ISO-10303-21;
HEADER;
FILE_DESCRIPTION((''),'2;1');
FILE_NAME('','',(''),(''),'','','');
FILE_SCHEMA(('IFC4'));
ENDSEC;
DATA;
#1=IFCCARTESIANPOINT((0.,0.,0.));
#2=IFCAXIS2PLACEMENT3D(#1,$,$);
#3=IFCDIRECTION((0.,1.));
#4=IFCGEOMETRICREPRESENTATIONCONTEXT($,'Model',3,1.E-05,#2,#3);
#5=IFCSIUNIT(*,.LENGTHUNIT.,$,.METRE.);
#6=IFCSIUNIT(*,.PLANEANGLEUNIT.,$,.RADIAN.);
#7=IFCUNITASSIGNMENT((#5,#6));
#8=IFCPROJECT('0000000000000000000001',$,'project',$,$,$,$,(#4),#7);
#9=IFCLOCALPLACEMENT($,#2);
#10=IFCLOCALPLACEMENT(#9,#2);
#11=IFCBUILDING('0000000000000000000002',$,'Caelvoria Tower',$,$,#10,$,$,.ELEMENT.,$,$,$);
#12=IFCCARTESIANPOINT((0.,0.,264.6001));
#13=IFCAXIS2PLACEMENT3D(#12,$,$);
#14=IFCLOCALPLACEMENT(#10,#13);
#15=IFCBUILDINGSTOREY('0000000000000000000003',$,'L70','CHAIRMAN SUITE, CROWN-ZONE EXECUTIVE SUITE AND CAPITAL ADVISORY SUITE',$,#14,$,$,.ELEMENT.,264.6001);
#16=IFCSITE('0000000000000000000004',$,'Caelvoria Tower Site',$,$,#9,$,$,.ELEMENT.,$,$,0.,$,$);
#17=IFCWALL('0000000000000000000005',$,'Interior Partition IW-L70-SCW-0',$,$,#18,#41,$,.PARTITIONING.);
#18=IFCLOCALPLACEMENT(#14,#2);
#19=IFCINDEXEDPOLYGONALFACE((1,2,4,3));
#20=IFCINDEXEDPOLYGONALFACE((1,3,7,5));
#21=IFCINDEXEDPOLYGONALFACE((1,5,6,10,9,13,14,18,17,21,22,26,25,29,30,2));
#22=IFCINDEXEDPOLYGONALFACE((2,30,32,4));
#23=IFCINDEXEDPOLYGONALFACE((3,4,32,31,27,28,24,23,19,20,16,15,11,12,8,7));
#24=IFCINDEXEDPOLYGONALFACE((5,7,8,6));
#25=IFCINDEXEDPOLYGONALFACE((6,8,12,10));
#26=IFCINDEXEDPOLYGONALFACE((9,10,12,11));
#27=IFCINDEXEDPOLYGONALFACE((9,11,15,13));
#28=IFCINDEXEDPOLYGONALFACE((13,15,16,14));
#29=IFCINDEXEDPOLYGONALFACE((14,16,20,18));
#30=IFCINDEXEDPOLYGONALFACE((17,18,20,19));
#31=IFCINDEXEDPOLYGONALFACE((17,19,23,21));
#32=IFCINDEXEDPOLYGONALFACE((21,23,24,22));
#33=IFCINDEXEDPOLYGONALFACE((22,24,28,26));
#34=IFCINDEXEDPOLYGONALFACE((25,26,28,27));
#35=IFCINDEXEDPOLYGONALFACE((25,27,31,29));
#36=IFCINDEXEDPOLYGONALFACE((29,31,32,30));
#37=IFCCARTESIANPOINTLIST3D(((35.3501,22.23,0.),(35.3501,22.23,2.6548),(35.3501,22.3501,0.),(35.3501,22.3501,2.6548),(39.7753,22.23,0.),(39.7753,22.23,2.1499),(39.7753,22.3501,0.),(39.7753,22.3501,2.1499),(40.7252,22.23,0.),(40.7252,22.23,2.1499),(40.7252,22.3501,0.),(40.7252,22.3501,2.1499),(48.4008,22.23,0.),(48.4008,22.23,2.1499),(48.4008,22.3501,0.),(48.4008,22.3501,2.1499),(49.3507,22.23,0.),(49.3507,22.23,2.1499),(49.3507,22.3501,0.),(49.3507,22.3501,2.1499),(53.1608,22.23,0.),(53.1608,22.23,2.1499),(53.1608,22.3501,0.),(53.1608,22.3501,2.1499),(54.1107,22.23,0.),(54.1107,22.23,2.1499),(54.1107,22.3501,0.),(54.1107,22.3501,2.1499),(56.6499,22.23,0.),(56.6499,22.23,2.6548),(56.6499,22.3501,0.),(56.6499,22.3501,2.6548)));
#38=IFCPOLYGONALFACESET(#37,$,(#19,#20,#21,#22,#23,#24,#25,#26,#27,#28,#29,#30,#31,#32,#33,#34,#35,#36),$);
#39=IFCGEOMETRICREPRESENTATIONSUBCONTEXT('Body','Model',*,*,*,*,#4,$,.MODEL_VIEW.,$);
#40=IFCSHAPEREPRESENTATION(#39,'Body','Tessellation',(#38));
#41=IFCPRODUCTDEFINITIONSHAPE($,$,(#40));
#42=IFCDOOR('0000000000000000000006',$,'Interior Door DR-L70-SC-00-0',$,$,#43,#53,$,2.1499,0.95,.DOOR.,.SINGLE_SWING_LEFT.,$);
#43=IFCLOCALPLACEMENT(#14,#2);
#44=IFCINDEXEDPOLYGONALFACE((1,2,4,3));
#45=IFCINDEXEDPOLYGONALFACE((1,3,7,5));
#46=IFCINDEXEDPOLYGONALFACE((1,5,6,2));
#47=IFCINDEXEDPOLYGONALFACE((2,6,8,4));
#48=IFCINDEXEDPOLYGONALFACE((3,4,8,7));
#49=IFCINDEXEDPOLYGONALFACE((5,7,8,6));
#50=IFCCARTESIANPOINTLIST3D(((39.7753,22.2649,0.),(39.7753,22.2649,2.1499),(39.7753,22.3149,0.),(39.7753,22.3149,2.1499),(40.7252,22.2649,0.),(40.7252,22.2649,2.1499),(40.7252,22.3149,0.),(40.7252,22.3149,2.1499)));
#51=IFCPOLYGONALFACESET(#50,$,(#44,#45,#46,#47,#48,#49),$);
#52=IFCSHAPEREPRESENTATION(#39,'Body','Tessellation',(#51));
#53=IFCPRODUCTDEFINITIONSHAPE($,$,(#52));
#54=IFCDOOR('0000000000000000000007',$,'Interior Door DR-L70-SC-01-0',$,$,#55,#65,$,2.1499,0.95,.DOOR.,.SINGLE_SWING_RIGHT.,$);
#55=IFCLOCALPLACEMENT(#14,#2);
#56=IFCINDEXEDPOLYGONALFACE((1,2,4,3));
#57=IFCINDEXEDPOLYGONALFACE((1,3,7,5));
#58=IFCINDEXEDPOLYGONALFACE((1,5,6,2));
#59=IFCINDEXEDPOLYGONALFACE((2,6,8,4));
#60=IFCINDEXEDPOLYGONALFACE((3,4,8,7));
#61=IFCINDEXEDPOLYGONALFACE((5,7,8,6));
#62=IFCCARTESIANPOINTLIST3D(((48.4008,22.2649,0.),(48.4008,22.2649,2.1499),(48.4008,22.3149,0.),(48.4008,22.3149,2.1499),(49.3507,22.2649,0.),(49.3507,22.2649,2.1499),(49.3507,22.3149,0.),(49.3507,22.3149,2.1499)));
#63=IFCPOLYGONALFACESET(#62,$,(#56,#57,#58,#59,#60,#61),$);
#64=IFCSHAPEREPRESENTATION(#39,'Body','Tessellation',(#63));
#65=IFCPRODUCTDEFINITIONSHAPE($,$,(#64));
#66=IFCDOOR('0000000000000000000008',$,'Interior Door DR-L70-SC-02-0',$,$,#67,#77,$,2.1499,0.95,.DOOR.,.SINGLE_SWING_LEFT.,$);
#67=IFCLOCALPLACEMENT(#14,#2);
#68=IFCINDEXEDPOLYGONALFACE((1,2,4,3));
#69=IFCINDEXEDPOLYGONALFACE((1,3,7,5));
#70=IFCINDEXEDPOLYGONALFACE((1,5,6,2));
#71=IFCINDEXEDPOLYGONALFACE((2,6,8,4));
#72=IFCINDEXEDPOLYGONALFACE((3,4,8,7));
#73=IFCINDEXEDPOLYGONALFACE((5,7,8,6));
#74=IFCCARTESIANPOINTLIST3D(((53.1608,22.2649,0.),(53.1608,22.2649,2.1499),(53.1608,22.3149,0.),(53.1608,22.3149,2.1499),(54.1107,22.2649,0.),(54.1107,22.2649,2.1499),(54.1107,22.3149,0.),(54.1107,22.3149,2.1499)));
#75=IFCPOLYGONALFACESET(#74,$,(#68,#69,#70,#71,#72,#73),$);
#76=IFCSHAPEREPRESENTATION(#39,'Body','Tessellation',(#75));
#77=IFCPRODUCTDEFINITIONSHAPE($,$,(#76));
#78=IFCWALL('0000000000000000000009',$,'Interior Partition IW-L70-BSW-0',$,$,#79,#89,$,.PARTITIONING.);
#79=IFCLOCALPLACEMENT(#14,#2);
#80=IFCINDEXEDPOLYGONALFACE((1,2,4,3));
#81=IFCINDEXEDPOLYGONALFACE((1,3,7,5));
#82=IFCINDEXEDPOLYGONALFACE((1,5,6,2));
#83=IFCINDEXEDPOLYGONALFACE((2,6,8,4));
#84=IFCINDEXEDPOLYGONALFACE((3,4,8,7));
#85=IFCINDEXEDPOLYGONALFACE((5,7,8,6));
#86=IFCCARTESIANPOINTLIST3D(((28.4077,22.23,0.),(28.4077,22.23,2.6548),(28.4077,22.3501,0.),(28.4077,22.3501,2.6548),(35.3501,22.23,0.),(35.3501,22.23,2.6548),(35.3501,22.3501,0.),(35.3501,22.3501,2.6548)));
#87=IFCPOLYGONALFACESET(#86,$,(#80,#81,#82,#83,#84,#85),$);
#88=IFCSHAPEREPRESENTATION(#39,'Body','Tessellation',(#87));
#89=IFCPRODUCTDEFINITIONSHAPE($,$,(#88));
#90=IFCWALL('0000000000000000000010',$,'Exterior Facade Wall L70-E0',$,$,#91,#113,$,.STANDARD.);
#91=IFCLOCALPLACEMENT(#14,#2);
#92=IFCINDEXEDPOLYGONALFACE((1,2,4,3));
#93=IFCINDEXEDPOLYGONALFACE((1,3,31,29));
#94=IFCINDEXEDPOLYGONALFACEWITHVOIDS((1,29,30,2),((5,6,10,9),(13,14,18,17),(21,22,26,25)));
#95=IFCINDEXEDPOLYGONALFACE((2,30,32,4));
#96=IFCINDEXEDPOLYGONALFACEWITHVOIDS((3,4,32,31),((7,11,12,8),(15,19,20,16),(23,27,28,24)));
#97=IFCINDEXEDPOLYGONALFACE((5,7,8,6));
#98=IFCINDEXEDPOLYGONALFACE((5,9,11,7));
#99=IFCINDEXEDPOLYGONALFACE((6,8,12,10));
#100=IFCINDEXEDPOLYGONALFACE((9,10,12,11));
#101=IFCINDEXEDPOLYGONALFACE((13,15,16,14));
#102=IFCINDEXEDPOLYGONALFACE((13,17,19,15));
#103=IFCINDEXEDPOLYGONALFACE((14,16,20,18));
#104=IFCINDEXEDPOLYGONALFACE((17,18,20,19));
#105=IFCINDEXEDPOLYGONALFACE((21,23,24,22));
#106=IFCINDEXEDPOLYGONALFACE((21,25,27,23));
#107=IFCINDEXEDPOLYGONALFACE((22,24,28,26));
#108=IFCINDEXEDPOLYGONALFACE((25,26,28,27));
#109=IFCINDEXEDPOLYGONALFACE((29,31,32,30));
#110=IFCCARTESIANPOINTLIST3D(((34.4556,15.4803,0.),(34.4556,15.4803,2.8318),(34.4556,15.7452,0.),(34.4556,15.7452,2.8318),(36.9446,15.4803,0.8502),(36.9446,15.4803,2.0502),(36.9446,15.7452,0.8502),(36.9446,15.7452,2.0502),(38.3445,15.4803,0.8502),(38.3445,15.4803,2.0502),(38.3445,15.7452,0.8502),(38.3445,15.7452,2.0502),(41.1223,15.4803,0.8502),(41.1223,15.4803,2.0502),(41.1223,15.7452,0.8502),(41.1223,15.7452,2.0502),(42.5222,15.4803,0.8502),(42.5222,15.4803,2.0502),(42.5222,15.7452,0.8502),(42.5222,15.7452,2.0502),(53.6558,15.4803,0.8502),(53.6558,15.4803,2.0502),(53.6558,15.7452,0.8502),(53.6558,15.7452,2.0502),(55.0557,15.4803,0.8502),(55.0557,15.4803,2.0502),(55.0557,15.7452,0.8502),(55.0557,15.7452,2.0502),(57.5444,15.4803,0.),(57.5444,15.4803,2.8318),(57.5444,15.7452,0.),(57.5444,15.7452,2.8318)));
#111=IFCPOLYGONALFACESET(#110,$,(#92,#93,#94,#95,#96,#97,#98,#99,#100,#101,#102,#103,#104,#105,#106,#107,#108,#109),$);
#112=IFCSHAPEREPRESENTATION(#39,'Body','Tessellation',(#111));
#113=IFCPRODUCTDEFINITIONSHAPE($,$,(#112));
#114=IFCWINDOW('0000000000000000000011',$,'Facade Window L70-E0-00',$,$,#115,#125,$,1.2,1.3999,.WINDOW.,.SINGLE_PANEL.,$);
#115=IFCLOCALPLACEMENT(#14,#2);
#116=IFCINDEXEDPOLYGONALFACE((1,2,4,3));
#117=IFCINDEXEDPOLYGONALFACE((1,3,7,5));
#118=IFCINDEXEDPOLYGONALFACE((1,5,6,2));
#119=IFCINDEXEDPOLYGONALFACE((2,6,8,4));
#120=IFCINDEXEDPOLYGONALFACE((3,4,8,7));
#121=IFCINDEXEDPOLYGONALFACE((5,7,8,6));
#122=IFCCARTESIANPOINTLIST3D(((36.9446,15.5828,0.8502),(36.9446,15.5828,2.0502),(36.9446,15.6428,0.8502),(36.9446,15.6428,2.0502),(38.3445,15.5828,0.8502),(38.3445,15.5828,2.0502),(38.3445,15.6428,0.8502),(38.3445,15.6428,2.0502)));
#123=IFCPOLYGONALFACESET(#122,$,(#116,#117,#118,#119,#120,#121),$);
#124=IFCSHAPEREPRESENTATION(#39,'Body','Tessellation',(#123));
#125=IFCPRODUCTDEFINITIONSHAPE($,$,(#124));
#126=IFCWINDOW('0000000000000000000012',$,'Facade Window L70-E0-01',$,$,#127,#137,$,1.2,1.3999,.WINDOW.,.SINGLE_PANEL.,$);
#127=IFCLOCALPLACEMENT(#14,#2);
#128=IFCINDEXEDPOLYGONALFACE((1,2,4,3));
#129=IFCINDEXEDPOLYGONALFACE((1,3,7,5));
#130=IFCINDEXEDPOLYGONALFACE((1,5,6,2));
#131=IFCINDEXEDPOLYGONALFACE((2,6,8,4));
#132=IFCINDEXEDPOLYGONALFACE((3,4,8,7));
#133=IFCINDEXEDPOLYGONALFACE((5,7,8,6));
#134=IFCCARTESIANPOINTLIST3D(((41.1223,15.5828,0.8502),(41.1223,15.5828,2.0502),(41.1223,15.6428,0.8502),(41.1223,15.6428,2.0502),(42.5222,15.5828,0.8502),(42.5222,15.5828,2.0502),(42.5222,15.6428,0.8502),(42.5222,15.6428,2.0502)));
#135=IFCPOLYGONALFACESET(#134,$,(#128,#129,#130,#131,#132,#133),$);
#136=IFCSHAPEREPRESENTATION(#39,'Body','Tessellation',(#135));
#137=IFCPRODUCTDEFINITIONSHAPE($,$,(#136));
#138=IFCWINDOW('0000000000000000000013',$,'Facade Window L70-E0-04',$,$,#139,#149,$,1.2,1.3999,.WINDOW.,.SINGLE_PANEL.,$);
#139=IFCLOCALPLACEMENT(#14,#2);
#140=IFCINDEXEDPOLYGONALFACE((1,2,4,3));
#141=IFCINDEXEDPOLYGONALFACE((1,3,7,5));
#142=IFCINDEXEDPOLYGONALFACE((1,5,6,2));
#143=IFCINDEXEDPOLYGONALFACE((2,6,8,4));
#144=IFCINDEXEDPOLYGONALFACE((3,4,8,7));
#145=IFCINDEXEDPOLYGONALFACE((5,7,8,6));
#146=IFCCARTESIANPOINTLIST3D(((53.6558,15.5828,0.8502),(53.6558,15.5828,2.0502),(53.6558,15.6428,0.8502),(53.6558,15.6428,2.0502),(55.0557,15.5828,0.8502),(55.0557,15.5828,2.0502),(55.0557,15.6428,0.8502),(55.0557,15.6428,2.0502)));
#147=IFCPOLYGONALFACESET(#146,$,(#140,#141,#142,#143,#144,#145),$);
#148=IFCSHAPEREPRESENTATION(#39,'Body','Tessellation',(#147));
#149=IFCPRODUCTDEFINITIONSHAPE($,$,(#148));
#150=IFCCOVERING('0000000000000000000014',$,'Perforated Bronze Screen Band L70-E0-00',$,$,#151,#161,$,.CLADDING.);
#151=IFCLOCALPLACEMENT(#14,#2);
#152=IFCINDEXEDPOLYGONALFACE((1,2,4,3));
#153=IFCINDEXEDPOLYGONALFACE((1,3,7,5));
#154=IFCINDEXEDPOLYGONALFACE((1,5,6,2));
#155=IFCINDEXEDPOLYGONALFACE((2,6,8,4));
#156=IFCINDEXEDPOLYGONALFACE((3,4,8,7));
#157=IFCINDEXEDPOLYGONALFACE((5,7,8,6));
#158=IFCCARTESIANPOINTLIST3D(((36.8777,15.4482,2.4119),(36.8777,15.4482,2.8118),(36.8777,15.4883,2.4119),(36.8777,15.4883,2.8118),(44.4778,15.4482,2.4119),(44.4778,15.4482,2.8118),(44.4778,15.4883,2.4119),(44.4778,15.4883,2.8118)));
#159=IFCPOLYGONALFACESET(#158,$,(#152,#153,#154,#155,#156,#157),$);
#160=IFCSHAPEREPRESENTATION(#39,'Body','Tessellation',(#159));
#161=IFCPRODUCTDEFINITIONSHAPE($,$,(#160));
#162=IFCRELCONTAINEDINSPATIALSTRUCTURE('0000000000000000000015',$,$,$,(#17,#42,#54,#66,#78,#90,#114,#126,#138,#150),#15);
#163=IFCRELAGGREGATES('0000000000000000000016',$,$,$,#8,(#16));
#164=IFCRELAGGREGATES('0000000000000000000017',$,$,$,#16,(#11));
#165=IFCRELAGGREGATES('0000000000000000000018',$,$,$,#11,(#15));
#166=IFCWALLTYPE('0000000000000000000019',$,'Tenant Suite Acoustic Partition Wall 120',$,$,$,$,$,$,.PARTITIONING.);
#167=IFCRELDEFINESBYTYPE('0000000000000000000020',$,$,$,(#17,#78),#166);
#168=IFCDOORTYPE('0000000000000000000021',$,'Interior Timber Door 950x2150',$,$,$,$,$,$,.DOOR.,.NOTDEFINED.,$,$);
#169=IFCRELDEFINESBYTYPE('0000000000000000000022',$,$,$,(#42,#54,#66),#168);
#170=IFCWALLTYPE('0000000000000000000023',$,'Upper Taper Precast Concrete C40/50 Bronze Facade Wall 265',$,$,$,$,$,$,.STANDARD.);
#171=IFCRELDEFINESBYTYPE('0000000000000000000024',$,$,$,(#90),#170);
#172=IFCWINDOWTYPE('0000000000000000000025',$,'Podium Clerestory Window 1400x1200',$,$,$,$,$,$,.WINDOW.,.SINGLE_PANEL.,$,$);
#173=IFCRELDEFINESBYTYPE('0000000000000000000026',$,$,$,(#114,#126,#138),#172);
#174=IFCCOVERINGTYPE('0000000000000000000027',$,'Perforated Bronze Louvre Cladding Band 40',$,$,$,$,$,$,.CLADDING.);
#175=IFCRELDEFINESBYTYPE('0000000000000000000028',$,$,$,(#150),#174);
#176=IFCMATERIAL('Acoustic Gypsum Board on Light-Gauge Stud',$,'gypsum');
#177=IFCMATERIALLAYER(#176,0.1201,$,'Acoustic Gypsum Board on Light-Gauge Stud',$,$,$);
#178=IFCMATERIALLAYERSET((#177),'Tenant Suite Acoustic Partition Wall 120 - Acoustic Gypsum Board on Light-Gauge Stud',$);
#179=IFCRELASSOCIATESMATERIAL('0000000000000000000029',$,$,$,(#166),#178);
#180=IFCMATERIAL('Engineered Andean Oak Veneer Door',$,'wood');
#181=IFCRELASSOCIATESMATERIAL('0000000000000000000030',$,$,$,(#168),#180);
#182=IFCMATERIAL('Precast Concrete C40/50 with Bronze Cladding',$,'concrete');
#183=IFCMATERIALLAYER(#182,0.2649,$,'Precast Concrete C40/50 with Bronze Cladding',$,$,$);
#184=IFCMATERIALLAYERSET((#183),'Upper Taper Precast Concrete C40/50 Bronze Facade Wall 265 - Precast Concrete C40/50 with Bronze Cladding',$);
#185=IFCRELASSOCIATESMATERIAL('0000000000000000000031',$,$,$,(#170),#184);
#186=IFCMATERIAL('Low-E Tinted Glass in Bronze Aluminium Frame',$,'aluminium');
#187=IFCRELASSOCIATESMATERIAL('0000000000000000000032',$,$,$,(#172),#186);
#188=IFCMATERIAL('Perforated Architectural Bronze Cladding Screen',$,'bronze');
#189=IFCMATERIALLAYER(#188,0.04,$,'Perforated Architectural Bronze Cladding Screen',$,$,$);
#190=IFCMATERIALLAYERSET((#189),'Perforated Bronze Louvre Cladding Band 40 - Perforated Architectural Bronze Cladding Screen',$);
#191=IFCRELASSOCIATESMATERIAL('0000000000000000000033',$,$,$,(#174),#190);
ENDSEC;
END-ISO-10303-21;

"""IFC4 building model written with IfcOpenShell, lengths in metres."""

from ifc_helpers import new_model, si_unit, direction, frame, frame_2d, origin, origin_2d, place, context, subcontext, project, spatial, rectangle, extrude, material, layer, layer_set, type_object, element, fill, save


model = new_model("IFC4")

# Units and contexts
model_context = context("Model", 3, precision=1e-05, world=origin(), true_north=direction((0.0, 1.0)))
body_context = subcontext(model_context, "Body", "Model", "MODEL_VIEW")
ifc_project = project(units=[si_unit("LENGTHUNIT", "METRE"), si_unit("PLANEANGLEUNIT", "RADIAN")], contexts=[model_context])

# Site, building, storey
site_placement = place(None, origin())
site = spatial("IfcSite", under=ifc_project, at=site_placement, Name="Caelvoria Tower Site", CompositionType="ELEMENT", RefElevation=0.0)
building_placement = place(site_placement, origin())
building = spatial("IfcBuilding", under=site, at=building_placement, Name="Caelvoria Tower", CompositionType="ELEMENT")
storey_placement = place(building_placement, frame((0.0, 0.0, 264.6001)))
storey = spatial("IfcBuildingStorey", under=building, at=storey_placement, Name="L70", Description="CHAIRMAN SUITE, CROWN-ZONE EXECUTIVE SUITE AND CAPITAL ADVISORY SUITE", CompositionType="ELEMENT", Elevation=264.6001)

# Wall, openings, doors
ifc_material_1 = material(Name="Acoustic Gypsum Board on Light-Gauge Stud", Category="gypsum")
ifc_layer_1 = layer(ifc_material_1, 0.1201, Name="Acoustic Gypsum Board on Light-Gauge Stud")
ifc_layer_set_1 = layer_set([ifc_layer_1], Name="Tenant Suite Acoustic Partition Wall 120 - Acoustic Gypsum Board on Light-Gauge Stud")
wall_type_1 = type_object("IfcWallType", Name="Tenant Suite Acoustic Partition Wall 120", PredefinedType="PARTITIONING", material=ifc_layer_set_1)
wall_1_placement = place(storey_placement, frame((35.3501, 22.29, 0.0), z_axis=(0.0, 0.0, 1.0), x_axis=(1.0, 0.0, 0.0)))
wall_1 = element("IfcWall", 1, at=wall_1_placement, inside=storey, type_object=wall_type_1, Name="Interior Partition IW-L70-SCW-0", PredefinedType="PARTITIONING", context=body_context, shape_type="SweptSolid", body=[
    extrude(rectangle(XDim=21.2998, YDim=0.1201, at=frame_2d((10.6499, 0.0))), origin(), (0.0, 0.0, 1.0), 2.6548),
])
opening_1_placement = place(wall_1_placement, frame((4.425, 0.0, 0.0)))
opening_1 = element("IfcOpeningElement", 2, at=opening_1_placement, cuts=wall_1, PredefinedType="OPENING", context=body_context, shape_type="SweptSolid", body=[
    extrude(rectangle(XDim=0.95, YDim=2.1499, at=frame_2d((0.4751, 1.075))), frame((0.0, 0.0701, 0.0), z_axis=(0.0, -1.0, 0.0), x_axis=(1.0, 0.0, 0.0)), (0.0, 0.0, 1.0), 0.1401),
])
opening_2_placement = place(wall_1_placement, frame((13.0505, 0.0, 0.0)))
opening_2 = element("IfcOpeningElement", 3, at=opening_2_placement, cuts=wall_1, PredefinedType="OPENING", context=body_context, shape_type="SweptSolid", body=[
    extrude(rectangle(XDim=0.95, YDim=2.1499, at=frame_2d((0.4751, 1.075))), frame((0.0, 0.0701, 0.0), z_axis=(0.0, -1.0, 0.0), x_axis=(1.0, 0.0, 0.0)), (0.0, 0.0, 1.0), 0.1401),
])
opening_3_placement = place(wall_1_placement, frame((17.8105, 0.0, 0.0)))
opening_3 = element("IfcOpeningElement", 4, at=opening_3_placement, cuts=wall_1, PredefinedType="OPENING", context=body_context, shape_type="SweptSolid", body=[
    extrude(rectangle(XDim=0.95, YDim=2.1499, at=frame_2d((0.4751, 1.075))), frame((0.0, 0.0701, 0.0), z_axis=(0.0, -1.0, 0.0), x_axis=(1.0, 0.0, 0.0)), (0.0, 0.0, 1.0), 0.1401),
])
ifc_material_2 = material(Name="Engineered Andean Oak Veneer Door", Category="wood")
door_type = type_object("IfcDoorType", Name="Interior Timber Door 950x2150", OperationType="NOTDEFINED", PredefinedType="DOOR", material=ifc_material_2)
door_1_placement = place(opening_1_placement, origin())
door_1 = element("IfcDoor", 5, at=door_1_placement, inside=storey, type_object=door_type, Name="Interior Door DR-L70-SC-00-0", OperationType="SINGLE_SWING_LEFT", OverallHeight=2.1499, OverallWidth=0.95, PredefinedType="DOOR", context=body_context, shape_type="SweptSolid", body=[
    extrude(rectangle(XDim=0.95, YDim=2.1499, at=frame_2d((0.4751, 1.075))), frame((0.0, 0.0249, 0.0), z_axis=(0.0, -1.0, 0.0), x_axis=(1.0, 0.0, 0.0)), (0.0, 0.0, 1.0), 0.05),
])
fill(opening_1, door_1)
door_2_placement = place(opening_2_placement, origin())
door_2 = element("IfcDoor", 6, at=door_2_placement, inside=storey, type_object=door_type, Name="Interior Door DR-L70-SC-01-0", OperationType="SINGLE_SWING_RIGHT", OverallHeight=2.1499, OverallWidth=0.95, PredefinedType="DOOR", context=body_context, shape_type="SweptSolid", body=[
    extrude(rectangle(XDim=0.95, YDim=2.1499, at=frame_2d((0.4751, 1.075))), frame((0.0, 0.0249, 0.0), z_axis=(0.0, -1.0, 0.0), x_axis=(1.0, 0.0, 0.0)), (0.0, 0.0, 1.0), 0.05),
])
fill(opening_2, door_2)
door_3_placement = place(opening_3_placement, origin())
door_3 = element("IfcDoor", 7, at=door_3_placement, inside=storey, type_object=door_type, Name="Interior Door DR-L70-SC-02-0", OperationType="SINGLE_SWING_LEFT", OverallHeight=2.1499, OverallWidth=0.95, PredefinedType="DOOR", context=body_context, shape_type="SweptSolid", body=[
    extrude(rectangle(XDim=0.95, YDim=2.1499, at=frame_2d((0.4751, 1.075))), frame((0.0, 0.0249, 0.0), z_axis=(0.0, -1.0, 0.0), x_axis=(1.0, 0.0, 0.0)), (0.0, 0.0, 1.0), 0.05),
])
fill(opening_3, door_3)

# Wall
wall_2_placement = place(storey_placement, frame((35.3501, 22.29, 0.0), z_axis=(0.0, 0.0, 1.0), x_axis=(-1.0, 0.0, 0.0)))
element("IfcWall", 8, at=wall_2_placement, inside=storey, type_object=wall_type_1, Name="Interior Partition IW-L70-BSW-0", PredefinedType="PARTITIONING", context=body_context, shape_type="SweptSolid", body=[
    extrude(rectangle(XDim=6.9424, YDim=0.1201, at=frame_2d((3.4712, 0.0))), origin(), (0.0, 0.0, 1.0), 2.6548),
])

# Wall, openings, windows
ifc_material_3 = material(Name="Precast Concrete C40/50 with Bronze Cladding", Category="concrete")
ifc_layer_2 = layer(ifc_material_3, 0.2649, Name="Precast Concrete C40/50 with Bronze Cladding")
ifc_layer_set_2 = layer_set([ifc_layer_2], Name="Upper Taper Precast Concrete C40/50 Bronze Facade Wall 265 - Precast Concrete C40/50 with Bronze Cladding")
wall_type_2 = type_object("IfcWallType", Name="Upper Taper Precast Concrete C40/50 Bronze Facade Wall 265", PredefinedType="STANDARD", material=ifc_layer_set_2)
wall_3_placement = place(storey_placement, frame((34.4556, 15.6128, 0.0), z_axis=(0.0, 0.0, 1.0), x_axis=(1.0, 0.0, 0.0)))
wall_3 = element("IfcWall", 9, at=wall_3_placement, inside=storey, type_object=wall_type_2, Name="Exterior Facade Wall L70-E0", PredefinedType="STANDARD", context=body_context, shape_type="SweptSolid", body=[
    extrude(rectangle(XDim=23.0889, YDim=0.2649, at=frame_2d((11.5444, 0.0))), origin(), (0.0, 0.0, 1.0), 2.8318),
])
opening_4_placement = place(wall_3_placement, frame((2.489, 0.0, 0.8501)))
opening_4 = element("IfcOpeningElement", 10, at=opening_4_placement, cuts=wall_3, PredefinedType="OPENING", context=body_context, shape_type="SweptSolid", body=[
    extrude(rectangle(XDim=1.3999, YDim=1.2, at=frame_2d((0.7, 0.6001))), frame((0.0, 0.1423, 0.0), z_axis=(0.0, -1.0, 0.0), x_axis=(1.0, 0.0, 0.0)), (0.0, 0.0, 1.0), 0.2849),
])
opening_5_placement = place(wall_3_placement, frame((6.6667, 0.0, 0.8501)))
opening_5 = element("IfcOpeningElement", 11, at=opening_5_placement, cuts=wall_3, PredefinedType="OPENING", context=body_context, shape_type="SweptSolid", body=[
    extrude(rectangle(XDim=1.3999, YDim=1.2, at=frame_2d((0.7, 0.6001))), frame((0.0, 0.1423, 0.0), z_axis=(0.0, -1.0, 0.0), x_axis=(1.0, 0.0, 0.0)), (0.0, 0.0, 1.0), 0.2849),
])
opening_6_placement = place(wall_3_placement, frame((19.2002, 0.0, 0.8501)))
opening_6 = element("IfcOpeningElement", 12, at=opening_6_placement, cuts=wall_3, PredefinedType="OPENING", context=body_context, shape_type="SweptSolid", body=[
    extrude(rectangle(XDim=1.3999, YDim=1.2, at=frame_2d((0.7, 0.6001))), frame((0.0, 0.1423, 0.0), z_axis=(0.0, -1.0, 0.0), x_axis=(1.0, 0.0, 0.0)), (0.0, 0.0, 1.0), 0.2849),
])
ifc_material_4 = material(Name="Low-E Tinted Glass in Bronze Aluminium Frame", Category="aluminium")
window_type = type_object("IfcWindowType", Name="Podium Clerestory Window 1400x1200", PartitioningType="SINGLE_PANEL", PredefinedType="WINDOW", material=ifc_material_4)
window_1_placement = place(opening_4_placement, origin())
window_1 = element("IfcWindow", 13, at=window_1_placement, inside=storey, type_object=window_type, Name="Facade Window L70-E0-00", OverallHeight=1.2, OverallWidth=1.3999, PartitioningType="SINGLE_PANEL", PredefinedType="WINDOW", context=body_context, shape_type="SweptSolid", body=[
    extrude(rectangle(XDim=1.3999, YDim=1.2, at=frame_2d((0.7, 0.6001))), frame((0.0, 0.03, 0.0), z_axis=(0.0, -1.0, 0.0), x_axis=(1.0, 0.0, 0.0)), (0.0, 0.0, 1.0), 0.0601),
])
fill(opening_4, window_1)
window_2_placement = place(opening_5_placement, origin())
window_2 = element("IfcWindow", 14, at=window_2_placement, inside=storey, type_object=window_type, Name="Facade Window L70-E0-01", OverallHeight=1.2, OverallWidth=1.3999, PartitioningType="SINGLE_PANEL", PredefinedType="WINDOW", context=body_context, shape_type="SweptSolid", body=[
    extrude(rectangle(XDim=1.3999, YDim=1.2, at=frame_2d((0.7, 0.6001))), frame((0.0, 0.03, 0.0), z_axis=(0.0, -1.0, 0.0), x_axis=(1.0, 0.0, 0.0)), (0.0, 0.0, 1.0), 0.0601),
])
fill(opening_5, window_2)
window_3_placement = place(opening_6_placement, origin())
window_3 = element("IfcWindow", 15, at=window_3_placement, inside=storey, type_object=window_type, Name="Facade Window L70-E0-04", OverallHeight=1.2, OverallWidth=1.3999, PartitioningType="SINGLE_PANEL", PredefinedType="WINDOW", context=body_context, shape_type="SweptSolid", body=[
    extrude(rectangle(XDim=1.3999, YDim=1.2, at=frame_2d((0.7, 0.6001))), frame((0.0, 0.03, 0.0), z_axis=(0.0, -1.0, 0.0), x_axis=(1.0, 0.0, 0.0)), (0.0, 0.0, 1.0), 0.0601),
])
fill(opening_6, window_3)

# Covering
ifc_material_5 = material(Name="Perforated Architectural Bronze Cladding Screen", Category="bronze")
ifc_layer_3 = layer(ifc_material_5, 0.04, Name="Perforated Architectural Bronze Cladding Screen")
ifc_layer_set_3 = layer_set([ifc_layer_3], Name="Perforated Bronze Louvre Cladding Band 40 - Perforated Architectural Bronze Cladding Screen")
covering_type = type_object("IfcCoveringType", Name="Perforated Bronze Louvre Cladding Band 40", PredefinedType="CLADDING", material=ifc_layer_set_3)
covering_placement = place(storey_placement, frame((40.6777, 15.4683, 2.4119), z_axis=(0.0, 0.0, 1.0), x_axis=(1.0, 0.0, 0.0)))
element("IfcCovering", 16, at=covering_placement, inside=storey, type_object=covering_type, Name="Perforated Bronze Screen Band L70-E0-00", PredefinedType="CLADDING", context=body_context, shape_type="SweptSolid", body=[
    extrude(rectangle(XDim=7.6001, YDim=0.04, at=origin_2d()), origin(), (0.0, 0.0, 1.0), 0.3999),
])

save(model, "model.ifc")
